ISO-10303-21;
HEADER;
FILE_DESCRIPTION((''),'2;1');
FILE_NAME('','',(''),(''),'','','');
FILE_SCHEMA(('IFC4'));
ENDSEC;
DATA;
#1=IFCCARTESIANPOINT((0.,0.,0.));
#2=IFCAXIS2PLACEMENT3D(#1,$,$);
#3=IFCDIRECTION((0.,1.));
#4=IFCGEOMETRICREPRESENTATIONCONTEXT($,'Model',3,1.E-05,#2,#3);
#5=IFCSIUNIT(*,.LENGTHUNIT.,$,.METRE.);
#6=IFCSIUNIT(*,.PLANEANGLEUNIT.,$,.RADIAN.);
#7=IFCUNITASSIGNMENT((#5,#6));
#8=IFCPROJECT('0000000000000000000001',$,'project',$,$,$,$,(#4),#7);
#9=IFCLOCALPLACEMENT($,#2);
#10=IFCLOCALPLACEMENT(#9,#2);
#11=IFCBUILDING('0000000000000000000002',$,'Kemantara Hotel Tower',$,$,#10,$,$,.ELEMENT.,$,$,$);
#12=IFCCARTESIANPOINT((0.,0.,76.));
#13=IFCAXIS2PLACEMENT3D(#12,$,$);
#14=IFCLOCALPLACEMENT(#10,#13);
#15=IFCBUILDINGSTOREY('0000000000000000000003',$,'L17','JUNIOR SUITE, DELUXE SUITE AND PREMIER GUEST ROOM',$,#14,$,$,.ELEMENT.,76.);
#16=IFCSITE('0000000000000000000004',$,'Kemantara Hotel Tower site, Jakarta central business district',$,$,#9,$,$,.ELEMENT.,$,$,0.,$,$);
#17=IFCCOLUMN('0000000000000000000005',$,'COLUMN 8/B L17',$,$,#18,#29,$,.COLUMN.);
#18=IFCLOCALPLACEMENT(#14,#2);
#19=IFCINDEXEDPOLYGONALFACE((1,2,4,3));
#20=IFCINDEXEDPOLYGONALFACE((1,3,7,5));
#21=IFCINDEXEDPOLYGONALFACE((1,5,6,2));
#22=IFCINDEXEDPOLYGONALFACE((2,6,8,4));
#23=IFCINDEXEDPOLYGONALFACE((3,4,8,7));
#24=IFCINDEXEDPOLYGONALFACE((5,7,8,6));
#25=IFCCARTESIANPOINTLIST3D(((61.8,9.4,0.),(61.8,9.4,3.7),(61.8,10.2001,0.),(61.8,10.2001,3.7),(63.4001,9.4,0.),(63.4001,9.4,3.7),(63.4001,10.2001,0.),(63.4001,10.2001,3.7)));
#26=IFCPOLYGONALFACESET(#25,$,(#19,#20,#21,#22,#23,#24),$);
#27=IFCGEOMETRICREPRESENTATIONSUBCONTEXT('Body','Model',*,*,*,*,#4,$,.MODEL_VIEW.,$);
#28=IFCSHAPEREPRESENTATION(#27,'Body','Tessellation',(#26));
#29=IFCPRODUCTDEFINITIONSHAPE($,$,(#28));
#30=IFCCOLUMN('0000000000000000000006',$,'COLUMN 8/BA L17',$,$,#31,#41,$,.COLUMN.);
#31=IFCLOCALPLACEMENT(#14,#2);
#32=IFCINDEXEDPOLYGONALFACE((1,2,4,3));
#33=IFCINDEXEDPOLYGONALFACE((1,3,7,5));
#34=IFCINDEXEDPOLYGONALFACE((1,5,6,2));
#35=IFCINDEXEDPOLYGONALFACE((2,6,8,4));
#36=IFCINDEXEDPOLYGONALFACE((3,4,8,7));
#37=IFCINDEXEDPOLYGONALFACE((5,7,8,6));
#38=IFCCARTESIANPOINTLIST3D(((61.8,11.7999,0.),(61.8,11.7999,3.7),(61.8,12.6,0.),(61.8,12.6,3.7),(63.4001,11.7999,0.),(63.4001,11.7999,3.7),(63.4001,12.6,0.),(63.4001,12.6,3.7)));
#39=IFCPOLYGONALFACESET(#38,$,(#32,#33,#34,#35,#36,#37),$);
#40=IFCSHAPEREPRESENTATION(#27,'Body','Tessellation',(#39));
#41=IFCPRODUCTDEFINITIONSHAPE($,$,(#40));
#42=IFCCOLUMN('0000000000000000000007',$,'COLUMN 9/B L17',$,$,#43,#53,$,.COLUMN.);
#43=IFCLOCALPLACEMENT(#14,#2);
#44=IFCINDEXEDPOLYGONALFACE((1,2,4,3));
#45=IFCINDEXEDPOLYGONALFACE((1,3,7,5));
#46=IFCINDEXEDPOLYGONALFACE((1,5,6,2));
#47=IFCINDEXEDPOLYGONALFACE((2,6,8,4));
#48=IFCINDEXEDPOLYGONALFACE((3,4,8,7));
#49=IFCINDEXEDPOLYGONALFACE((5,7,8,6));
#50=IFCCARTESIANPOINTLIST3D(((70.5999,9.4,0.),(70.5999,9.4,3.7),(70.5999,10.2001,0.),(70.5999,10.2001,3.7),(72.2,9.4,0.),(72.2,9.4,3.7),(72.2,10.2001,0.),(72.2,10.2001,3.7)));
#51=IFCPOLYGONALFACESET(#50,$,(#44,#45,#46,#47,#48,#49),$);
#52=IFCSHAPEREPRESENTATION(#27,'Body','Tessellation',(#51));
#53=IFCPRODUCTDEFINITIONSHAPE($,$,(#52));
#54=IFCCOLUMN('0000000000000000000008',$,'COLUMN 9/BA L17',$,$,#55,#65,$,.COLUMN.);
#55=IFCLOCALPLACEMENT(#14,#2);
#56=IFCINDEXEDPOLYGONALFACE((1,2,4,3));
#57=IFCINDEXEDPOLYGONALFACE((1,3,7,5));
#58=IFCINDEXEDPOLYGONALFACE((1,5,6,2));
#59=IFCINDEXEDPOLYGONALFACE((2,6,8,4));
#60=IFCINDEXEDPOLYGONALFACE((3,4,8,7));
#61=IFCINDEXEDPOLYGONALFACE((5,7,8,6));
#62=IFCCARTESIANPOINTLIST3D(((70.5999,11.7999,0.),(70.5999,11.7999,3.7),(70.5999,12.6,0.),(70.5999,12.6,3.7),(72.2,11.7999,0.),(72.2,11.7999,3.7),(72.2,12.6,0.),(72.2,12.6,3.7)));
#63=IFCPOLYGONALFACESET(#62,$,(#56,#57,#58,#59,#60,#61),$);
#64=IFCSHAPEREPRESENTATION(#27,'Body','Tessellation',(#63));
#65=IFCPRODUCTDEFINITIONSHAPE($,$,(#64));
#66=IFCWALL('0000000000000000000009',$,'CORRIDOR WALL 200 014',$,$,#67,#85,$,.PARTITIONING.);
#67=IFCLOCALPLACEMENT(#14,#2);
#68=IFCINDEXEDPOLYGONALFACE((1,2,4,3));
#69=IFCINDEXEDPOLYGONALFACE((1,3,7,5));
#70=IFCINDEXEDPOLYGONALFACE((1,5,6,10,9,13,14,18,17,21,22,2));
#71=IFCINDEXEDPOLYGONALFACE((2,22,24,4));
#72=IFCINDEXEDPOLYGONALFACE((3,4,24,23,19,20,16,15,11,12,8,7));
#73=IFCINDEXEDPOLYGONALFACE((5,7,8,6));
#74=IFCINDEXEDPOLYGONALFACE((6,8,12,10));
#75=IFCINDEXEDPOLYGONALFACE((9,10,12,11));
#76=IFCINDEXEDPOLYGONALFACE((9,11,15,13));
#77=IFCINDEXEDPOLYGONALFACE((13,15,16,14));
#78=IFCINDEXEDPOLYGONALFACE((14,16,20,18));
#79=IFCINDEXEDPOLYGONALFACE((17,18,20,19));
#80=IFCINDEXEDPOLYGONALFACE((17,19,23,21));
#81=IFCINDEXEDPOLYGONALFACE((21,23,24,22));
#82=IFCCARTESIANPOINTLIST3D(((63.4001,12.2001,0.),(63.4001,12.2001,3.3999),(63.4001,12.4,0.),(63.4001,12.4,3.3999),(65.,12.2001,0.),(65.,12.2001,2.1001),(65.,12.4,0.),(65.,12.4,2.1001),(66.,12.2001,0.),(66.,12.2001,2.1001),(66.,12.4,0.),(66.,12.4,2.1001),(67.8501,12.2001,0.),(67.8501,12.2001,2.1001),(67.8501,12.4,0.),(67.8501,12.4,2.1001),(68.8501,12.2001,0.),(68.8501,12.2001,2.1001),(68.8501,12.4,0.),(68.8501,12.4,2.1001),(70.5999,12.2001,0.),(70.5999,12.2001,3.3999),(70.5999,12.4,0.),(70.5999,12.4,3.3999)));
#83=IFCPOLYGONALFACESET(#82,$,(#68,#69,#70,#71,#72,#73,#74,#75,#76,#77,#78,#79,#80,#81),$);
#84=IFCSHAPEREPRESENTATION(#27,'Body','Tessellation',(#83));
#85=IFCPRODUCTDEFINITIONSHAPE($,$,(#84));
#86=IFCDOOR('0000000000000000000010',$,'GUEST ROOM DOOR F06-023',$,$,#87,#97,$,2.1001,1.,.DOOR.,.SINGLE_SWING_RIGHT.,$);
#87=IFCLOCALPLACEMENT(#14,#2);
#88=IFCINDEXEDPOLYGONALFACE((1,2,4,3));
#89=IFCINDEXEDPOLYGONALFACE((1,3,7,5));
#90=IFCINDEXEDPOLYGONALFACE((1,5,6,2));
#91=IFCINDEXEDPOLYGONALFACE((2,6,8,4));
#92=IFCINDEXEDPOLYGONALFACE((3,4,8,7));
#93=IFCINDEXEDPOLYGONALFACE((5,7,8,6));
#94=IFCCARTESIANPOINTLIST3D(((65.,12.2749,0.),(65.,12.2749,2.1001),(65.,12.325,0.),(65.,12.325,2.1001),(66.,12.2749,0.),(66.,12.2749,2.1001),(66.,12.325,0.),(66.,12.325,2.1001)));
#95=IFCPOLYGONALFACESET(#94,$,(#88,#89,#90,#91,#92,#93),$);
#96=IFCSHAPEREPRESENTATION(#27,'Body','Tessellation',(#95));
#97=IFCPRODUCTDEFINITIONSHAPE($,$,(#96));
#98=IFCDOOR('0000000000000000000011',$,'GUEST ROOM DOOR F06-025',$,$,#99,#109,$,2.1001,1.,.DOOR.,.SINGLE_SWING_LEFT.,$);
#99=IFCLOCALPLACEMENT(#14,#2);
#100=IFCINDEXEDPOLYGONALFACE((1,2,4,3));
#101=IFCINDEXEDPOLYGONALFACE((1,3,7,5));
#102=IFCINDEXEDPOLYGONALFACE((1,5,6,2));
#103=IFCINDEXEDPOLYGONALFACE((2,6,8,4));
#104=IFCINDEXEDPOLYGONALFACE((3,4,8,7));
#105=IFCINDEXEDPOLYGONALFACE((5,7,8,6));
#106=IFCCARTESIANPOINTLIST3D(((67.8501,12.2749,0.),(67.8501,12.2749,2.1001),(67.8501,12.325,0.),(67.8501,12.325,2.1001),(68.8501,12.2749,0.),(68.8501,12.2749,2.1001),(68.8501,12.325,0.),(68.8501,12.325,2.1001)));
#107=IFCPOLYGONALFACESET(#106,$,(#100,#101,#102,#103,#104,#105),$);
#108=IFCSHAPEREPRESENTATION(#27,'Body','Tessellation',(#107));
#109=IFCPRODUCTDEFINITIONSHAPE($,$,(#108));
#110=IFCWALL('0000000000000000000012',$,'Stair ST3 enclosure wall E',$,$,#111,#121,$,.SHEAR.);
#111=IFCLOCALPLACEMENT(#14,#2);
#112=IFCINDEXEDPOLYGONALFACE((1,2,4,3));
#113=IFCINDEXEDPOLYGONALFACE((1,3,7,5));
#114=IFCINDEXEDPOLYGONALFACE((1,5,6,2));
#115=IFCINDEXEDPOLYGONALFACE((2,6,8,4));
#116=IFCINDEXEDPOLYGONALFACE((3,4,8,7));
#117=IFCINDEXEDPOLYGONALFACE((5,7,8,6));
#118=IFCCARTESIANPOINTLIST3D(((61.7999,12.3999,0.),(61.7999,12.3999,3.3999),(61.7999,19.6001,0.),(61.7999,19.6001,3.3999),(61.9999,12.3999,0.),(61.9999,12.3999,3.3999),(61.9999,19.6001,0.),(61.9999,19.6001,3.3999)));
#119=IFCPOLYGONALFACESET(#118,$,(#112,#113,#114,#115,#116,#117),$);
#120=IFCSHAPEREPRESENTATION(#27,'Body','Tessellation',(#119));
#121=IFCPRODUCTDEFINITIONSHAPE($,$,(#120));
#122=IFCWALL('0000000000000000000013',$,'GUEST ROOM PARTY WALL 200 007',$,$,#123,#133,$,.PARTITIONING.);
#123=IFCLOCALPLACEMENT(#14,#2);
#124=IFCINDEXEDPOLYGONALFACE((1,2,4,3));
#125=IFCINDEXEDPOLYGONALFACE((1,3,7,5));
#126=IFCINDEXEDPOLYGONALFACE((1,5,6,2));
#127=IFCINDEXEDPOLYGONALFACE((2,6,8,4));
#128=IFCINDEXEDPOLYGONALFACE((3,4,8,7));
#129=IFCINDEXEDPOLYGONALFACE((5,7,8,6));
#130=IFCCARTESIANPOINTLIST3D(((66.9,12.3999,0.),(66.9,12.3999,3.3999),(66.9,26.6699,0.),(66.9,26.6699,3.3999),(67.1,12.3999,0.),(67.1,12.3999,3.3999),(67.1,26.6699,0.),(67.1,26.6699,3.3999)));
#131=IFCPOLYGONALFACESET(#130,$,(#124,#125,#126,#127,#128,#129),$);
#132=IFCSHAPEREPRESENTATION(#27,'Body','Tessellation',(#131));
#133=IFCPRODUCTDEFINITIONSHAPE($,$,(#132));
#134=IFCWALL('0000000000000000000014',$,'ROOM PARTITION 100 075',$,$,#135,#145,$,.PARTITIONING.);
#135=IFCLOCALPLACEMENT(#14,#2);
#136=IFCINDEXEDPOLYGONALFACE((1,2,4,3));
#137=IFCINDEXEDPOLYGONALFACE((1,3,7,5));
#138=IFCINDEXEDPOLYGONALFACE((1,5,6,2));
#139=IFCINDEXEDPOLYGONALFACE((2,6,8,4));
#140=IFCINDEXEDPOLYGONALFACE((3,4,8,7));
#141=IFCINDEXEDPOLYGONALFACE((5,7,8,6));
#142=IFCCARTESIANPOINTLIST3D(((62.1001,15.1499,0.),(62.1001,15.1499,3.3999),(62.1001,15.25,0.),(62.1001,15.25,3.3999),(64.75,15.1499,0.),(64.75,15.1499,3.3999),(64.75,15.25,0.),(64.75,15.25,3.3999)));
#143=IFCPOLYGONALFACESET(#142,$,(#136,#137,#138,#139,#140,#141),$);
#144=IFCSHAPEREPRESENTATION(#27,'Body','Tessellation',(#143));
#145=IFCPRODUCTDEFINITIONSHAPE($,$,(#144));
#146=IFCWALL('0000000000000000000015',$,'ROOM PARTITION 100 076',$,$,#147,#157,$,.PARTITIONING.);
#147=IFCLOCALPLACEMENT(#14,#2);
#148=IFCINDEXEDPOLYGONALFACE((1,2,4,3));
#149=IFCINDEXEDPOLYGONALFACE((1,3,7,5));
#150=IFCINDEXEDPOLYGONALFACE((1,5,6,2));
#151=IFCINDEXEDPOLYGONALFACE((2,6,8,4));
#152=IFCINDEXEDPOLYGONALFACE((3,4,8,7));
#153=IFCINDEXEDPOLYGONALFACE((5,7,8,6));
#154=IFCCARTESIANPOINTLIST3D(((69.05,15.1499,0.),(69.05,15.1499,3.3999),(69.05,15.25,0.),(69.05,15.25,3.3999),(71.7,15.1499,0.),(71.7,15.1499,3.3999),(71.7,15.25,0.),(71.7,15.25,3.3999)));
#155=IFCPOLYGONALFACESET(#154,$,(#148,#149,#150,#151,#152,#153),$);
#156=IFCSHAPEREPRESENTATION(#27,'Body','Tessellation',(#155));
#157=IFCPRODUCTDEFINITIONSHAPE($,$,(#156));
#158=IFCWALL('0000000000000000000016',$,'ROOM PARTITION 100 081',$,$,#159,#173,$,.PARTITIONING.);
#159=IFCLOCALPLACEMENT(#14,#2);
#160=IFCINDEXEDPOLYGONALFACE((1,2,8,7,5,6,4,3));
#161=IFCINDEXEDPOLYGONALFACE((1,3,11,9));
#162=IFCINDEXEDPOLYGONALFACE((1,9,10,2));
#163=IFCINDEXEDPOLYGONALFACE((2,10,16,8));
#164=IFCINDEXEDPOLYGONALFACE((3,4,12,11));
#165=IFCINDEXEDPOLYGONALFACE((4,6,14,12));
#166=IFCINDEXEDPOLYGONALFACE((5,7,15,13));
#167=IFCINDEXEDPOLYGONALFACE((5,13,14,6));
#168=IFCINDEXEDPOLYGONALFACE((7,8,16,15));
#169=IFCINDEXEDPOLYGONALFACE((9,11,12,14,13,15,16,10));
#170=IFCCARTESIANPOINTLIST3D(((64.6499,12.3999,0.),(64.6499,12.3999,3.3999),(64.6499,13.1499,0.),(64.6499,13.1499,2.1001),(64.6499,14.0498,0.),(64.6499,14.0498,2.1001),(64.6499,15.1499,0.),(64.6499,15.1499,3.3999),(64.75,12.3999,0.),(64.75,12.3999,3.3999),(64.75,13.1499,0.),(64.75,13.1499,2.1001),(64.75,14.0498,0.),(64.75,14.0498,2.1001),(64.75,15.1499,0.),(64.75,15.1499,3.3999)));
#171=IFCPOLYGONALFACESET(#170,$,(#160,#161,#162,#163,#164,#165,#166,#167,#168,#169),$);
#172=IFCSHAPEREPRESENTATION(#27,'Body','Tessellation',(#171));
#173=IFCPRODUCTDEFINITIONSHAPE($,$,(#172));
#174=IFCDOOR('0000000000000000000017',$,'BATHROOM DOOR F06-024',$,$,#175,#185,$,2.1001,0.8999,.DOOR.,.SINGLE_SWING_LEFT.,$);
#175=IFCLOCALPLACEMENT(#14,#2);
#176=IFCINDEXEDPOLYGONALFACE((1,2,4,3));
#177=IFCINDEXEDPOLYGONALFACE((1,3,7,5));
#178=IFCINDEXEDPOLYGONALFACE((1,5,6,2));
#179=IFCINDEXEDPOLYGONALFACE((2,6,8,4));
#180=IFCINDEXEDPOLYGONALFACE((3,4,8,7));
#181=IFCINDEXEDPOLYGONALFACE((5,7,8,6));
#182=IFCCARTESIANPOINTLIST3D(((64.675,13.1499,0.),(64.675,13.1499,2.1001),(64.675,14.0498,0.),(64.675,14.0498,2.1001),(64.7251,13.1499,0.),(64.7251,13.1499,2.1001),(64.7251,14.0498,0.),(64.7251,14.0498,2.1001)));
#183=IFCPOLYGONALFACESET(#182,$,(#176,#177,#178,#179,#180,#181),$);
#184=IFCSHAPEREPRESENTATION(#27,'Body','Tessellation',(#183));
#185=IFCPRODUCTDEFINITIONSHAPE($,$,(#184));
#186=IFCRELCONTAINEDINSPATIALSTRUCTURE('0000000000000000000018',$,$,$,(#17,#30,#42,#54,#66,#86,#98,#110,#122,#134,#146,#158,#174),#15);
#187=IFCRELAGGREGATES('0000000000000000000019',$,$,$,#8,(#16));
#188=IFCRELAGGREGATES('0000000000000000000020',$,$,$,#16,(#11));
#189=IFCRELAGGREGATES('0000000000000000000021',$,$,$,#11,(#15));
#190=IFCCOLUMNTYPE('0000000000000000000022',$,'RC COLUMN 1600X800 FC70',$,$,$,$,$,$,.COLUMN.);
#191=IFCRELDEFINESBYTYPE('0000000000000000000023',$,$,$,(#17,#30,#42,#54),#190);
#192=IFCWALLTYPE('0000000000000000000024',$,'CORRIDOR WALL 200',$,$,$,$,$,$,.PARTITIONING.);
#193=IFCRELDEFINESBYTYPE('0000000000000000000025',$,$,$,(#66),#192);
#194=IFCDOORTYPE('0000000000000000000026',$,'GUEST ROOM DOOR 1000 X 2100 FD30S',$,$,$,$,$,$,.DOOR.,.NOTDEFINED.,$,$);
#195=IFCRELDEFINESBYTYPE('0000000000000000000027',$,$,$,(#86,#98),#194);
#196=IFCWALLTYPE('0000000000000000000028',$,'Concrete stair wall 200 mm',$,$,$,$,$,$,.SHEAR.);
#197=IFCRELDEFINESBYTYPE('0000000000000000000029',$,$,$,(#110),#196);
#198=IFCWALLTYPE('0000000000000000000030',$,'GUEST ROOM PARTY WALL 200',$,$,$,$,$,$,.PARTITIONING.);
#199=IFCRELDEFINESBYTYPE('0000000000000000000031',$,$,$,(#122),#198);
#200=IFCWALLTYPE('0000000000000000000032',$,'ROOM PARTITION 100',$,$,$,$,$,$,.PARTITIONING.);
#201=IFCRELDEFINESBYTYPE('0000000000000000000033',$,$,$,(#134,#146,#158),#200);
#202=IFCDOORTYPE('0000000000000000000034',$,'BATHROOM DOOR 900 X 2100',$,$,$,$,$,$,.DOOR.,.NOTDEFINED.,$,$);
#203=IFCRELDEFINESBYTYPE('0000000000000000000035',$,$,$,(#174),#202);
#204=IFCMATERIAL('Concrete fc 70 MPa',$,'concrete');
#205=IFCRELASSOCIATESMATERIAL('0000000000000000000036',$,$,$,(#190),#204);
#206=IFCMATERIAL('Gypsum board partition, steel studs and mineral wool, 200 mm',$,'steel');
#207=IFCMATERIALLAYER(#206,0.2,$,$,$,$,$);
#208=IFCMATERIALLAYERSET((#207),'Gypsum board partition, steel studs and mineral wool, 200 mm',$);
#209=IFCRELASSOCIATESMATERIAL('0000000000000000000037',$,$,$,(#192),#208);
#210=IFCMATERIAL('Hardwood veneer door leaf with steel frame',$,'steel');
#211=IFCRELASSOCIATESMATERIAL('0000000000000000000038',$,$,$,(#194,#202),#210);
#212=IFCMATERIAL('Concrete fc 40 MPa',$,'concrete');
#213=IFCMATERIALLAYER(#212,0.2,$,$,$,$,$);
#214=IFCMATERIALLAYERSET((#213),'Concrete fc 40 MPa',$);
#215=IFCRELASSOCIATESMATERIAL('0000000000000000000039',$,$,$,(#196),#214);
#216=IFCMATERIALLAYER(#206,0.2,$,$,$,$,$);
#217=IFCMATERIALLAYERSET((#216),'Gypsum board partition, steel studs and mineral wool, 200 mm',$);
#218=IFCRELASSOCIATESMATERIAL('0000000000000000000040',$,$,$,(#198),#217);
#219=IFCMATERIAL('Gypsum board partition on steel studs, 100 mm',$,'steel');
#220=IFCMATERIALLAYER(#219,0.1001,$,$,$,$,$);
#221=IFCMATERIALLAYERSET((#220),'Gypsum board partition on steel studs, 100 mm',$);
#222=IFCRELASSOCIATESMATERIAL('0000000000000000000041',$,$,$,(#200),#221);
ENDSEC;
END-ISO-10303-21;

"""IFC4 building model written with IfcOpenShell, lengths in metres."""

from ifc_helpers import new_model, si_unit, direction, frame, frame_2d, origin, origin_2d, place, context, subcontext, project, spatial, rectangle, extrude, material, layer, layer_set, material_profile, profile_set, type_object, element, fill, save


model = new_model("IFC4")

# Units and contexts
model_context = context("Model", 3, precision=1e-05, world=origin(), true_north=direction((0.0, 1.0)))
body_context = subcontext(model_context, "Body", "Model", "MODEL_VIEW")
ifc_project = project(units=[si_unit("LENGTHUNIT", "METRE"), si_unit("PLANEANGLEUNIT", "RADIAN")], contexts=[model_context])

# Site, building, storey
site_placement = place(None, origin())
site = spatial("IfcSite", under=ifc_project, at=site_placement, Name="Kemantara Hotel Tower site, Jakarta central business district", CompositionType="ELEMENT", RefElevation=0.0)
building_placement = place(site_placement, origin())
building = spatial("IfcBuilding", under=site, at=building_placement, Name="Kemantara Hotel Tower", CompositionType="ELEMENT")
storey_placement = place(building_placement, frame((0.0, 0.0, 76.0)))
storey = spatial("IfcBuildingStorey", under=building, at=storey_placement, Name="L17", Description="JUNIOR SUITE, DELUXE SUITE AND PREMIER GUEST ROOM", CompositionType="ELEMENT", Elevation=76.0)

# Columns
ifc_material_1 = material(Name="Concrete fc 70 MPa", Category="concrete")
ifc_material_profile = material_profile(ifc_material_1, rectangle(XDim=1.6001, YDim=0.8, at=origin_2d()), Name="RC 1600X800")
ifc_profile_set = profile_set([ifc_material_profile], Name="Concrete fc 70 MPa")
column_type = type_object("IfcColumnType", Name="RC COLUMN 1600X800 FC70", PredefinedType="COLUMN", material=ifc_profile_set)
for number, where, z_axis, x_axis, name in (
    (1, (62.6001, 9.8, 0.0), (0.0, 0.0, 1.0), (1.0, 0.0, 0.0), "COLUMN 8/B L17"),
    (2, (62.6001, 12.2, 0.0), (0.0, 0.0, 1.0), (1.0, 0.0, 0.0), "COLUMN 8/BA L17"),
    (3, (71.3999, 9.8, 0.0), (0.0, 0.0, 1.0), (1.0, 0.0, 0.0), "COLUMN 9/B L17"),
    (4, (71.3999, 12.2, 0.0), (0.0, 0.0, 1.0), (1.0, 0.0, 0.0), "COLUMN 9/BA L17"),
):
    element("IfcColumn", number, at=place(storey_placement, frame(where, z_axis=z_axis, x_axis=x_axis)), inside=storey, type_object=column_type, Name=name, PredefinedType="COLUMN", context=body_context, shape_type="SweptSolid", body=[
        extrude(rectangle(XDim=1.6001, YDim=0.8, at=origin_2d()), origin(), (0.0, 0.0, 1.0), 3.7),
    ])

# Wall, openings, doors
ifc_material_2 = material(Name="Gypsum board partition, steel studs and mineral wool, 200 mm", Category="steel")
ifc_layer_1 = layer(ifc_material_2, 0.2)
ifc_layer_set_1 = layer_set([ifc_layer_1], Name="Gypsum board partition, steel studs and mineral wool, 200 mm")
wall_type_1 = type_object("IfcWallType", Name="CORRIDOR WALL 200", PredefinedType="PARTITIONING", material=ifc_layer_set_1)
wall_1_placement = place(storey_placement, frame((63.4001, 12.3, 0.0), z_axis=(0.0, 0.0, 1.0), x_axis=(1.0, 0.0, 0.0)))
wall_1 = element("IfcWall", 5, at=wall_1_placement, inside=storey, type_object=wall_type_1, Name="CORRIDOR WALL 200 014", PredefinedType="PARTITIONING", context=body_context, shape_type="SweptSolid", body=[
    extrude(rectangle(XDim=7.1997, YDim=0.2, at=frame_2d((3.5999, 0.0))), origin(), (0.0, 0.0, 1.0), 3.3999),
])
opening_1_placement = place(wall_1_placement, frame((1.5999, 0.0, 0.0)))
opening_1 = element("IfcOpeningElement", 6, at=opening_1_placement, cuts=wall_1, PredefinedType="OPENING", context=body_context, shape_type="SweptSolid", body=[
    extrude(rectangle(XDim=1.0, YDim=2.1001, at=frame_2d((0.5, 1.05))), frame((0.0, 0.1099, 0.0), z_axis=(0.0, -1.0, 0.0), x_axis=(1.0, 0.0, 0.0)), (0.0, 0.0, 1.0), 0.22),
])
opening_2_placement = place(wall_1_placement, frame((4.45, 0.0, 0.0)))
opening_2 = element("IfcOpeningElement", 7, at=opening_2_placement, cuts=wall_1, PredefinedType="OPENING", context=body_context, shape_type="SweptSolid", body=[
    extrude(rectangle(XDim=1.0, YDim=2.1001, at=frame_2d((0.5, 1.05))), frame((0.0, 0.1099, 0.0), z_axis=(0.0, -1.0, 0.0), x_axis=(1.0, 0.0, 0.0)), (0.0, 0.0, 1.0), 0.22),
])
ifc_material_3 = material(Name="Hardwood veneer door leaf with steel frame", Category="steel")
door_type_1 = type_object("IfcDoorType", Name="GUEST ROOM DOOR 1000 X 2100 FD30S", OperationType="NOTDEFINED", PredefinedType="DOOR", material=ifc_material_3)
door_1_placement = place(opening_1_placement, origin())
door_1 = element("IfcDoor", 8, at=door_1_placement, inside=storey, type_object=door_type_1, Name="GUEST ROOM DOOR F06-023", OperationType="SINGLE_SWING_RIGHT", OverallHeight=2.1001, OverallWidth=1.0, PredefinedType="DOOR", context=body_context, shape_type="SweptSolid", body=[
    extrude(rectangle(XDim=1.0, YDim=2.1001, at=frame_2d((0.5, 1.05))), frame((0.0, 0.0249, 0.0), z_axis=(0.0, -1.0, 0.0), x_axis=(1.0, 0.0, 0.0)), (0.0, 0.0, 1.0), 0.05),
])
fill(opening_1, door_1)
door_2_placement = place(opening_2_placement, origin())
door_2 = element("IfcDoor", 9, at=door_2_placement, inside=storey, type_object=door_type_1, Name="GUEST ROOM DOOR F06-025", OperationType="SINGLE_SWING_LEFT", OverallHeight=2.1001, OverallWidth=1.0, PredefinedType="DOOR", context=body_context, shape_type="SweptSolid", body=[
    extrude(rectangle(XDim=1.0, YDim=2.1001, at=frame_2d((0.5, 1.05))), frame((0.0, 0.0249, 0.0), z_axis=(0.0, -1.0, 0.0), x_axis=(1.0, 0.0, 0.0)), (0.0, 0.0, 1.0), 0.05),
])
fill(opening_2, door_2)

# Walls
ifc_material_4 = material(Name="Concrete fc 40 MPa", Category="concrete")
ifc_layer_2 = layer(ifc_material_4, 0.2)
ifc_layer_set_2 = layer_set([ifc_layer_2], Name="Concrete fc 40 MPa")
wall_type_2 = type_object("IfcWallType", Name="Concrete stair wall 200 mm", PredefinedType="SHEAR", material=ifc_layer_set_2)
wall_2_placement = place(storey_placement, frame((61.8999, 12.3999, 0.0), z_axis=(0.0, 0.0, 1.0), x_axis=(0.0, 1.0, 0.0)))
element("IfcWall", 10, at=wall_2_placement, inside=storey, type_object=wall_type_2, Name="Stair ST3 enclosure wall E", PredefinedType="SHEAR", context=body_context, shape_type="SweptSolid", body=[
    extrude(rectangle(XDim=7.2002, YDim=0.2, at=frame_2d((3.6001, 0.0))), origin(), (0.0, 0.0, 1.0), 3.3999),
])
ifc_layer_3 = layer(ifc_material_2, 0.2)
ifc_layer_set_3 = layer_set([ifc_layer_3], Name="Gypsum board partition, steel studs and mineral wool, 200 mm")
wall_type_3 = type_object("IfcWallType", Name="GUEST ROOM PARTY WALL 200", PredefinedType="PARTITIONING", material=ifc_layer_set_3)
wall_3_placement = place(storey_placement, frame((67.0, 12.3999, 0.0), z_axis=(0.0, 0.0, 1.0), x_axis=(0.0, 1.0, 0.0)))
element("IfcWall", 11, at=wall_3_placement, inside=storey, type_object=wall_type_3, Name="GUEST ROOM PARTY WALL 200 007", PredefinedType="PARTITIONING", context=body_context, shape_type="SweptSolid", body=[
    extrude(rectangle(XDim=14.27, YDim=0.2, at=frame_2d((7.135, 0.0))), origin(), (0.0, 0.0, 1.0), 3.3999),
])
ifc_material_5 = material(Name="Gypsum board partition on steel studs, 100 mm", Category="steel")
ifc_layer_4 = layer(ifc_material_5, 0.1001)
ifc_layer_set_4 = layer_set([ifc_layer_4], Name="Gypsum board partition on steel studs, 100 mm")
wall_type_4 = type_object("IfcWallType", Name="ROOM PARTITION 100", PredefinedType="PARTITIONING", material=ifc_layer_set_4)
for number, where, z_axis, x_axis, name in (
    (12, (62.1001, 15.2, 0.0), (0.0, 0.0, 1.0), (1.0, 0.0, 0.0), "ROOM PARTITION 100 075"),
    (13, (69.05, 15.2, 0.0), (0.0, 0.0, 1.0), (1.0, 0.0, 0.0), "ROOM PARTITION 100 076"),
):
    element("IfcWall", number, at=place(storey_placement, frame(where, z_axis=z_axis, x_axis=x_axis)), inside=storey, type_object=wall_type_4, Name=name, PredefinedType="PARTITIONING", context=body_context, shape_type="SweptSolid", body=[
        extrude(rectangle(XDim=2.6499, YDim=0.1001, at=frame_2d((1.325, 0.0))), origin(), (0.0, 0.0, 1.0), 3.3999),
    ])

# Wall, opening, door
wall_4_placement = place(storey_placement, frame((64.7, 12.3999, 0.0), z_axis=(0.0, 0.0, 1.0), x_axis=(0.0, 1.0, 0.0)))
wall_4 = element("IfcWall", 14, at=wall_4_placement, inside=storey, type_object=wall_type_4, Name="ROOM PARTITION 100 081", PredefinedType="PARTITIONING", context=body_context, shape_type="SweptSolid", body=[
    extrude(rectangle(XDim=2.75, YDim=0.1001, at=frame_2d((1.375, 0.0))), origin(), (0.0, 0.0, 1.0), 3.3999),
])
opening_3_placement = place(wall_4_placement, frame((0.75, 0.0, 0.0)))
opening_3 = element("IfcOpeningElement", 15, at=opening_3_placement, cuts=wall_4, PredefinedType="OPENING", context=body_context, shape_type="SweptSolid", body=[
    extrude(rectangle(XDim=0.8999, YDim=2.1001, at=frame_2d((0.45, 1.05))), frame((0.0, 0.0601, 0.0), z_axis=(0.0, -1.0, 0.0), x_axis=(1.0, 0.0, 0.0)), (0.0, 0.0, 1.0), 0.1201),
])
door_type_2 = type_object("IfcDoorType", Name="BATHROOM DOOR 900 X 2100", OperationType="NOTDEFINED", PredefinedType="DOOR", material=ifc_material_3)
door_3_placement = place(opening_3_placement, origin())
door_3 = element("IfcDoor", 16, at=door_3_placement, inside=storey, type_object=door_type_2, Name="BATHROOM DOOR F06-024", OperationType="SINGLE_SWING_LEFT", OverallHeight=2.1001, OverallWidth=0.8999, PredefinedType="DOOR", context=body_context, shape_type="SweptSolid", body=[
    extrude(rectangle(XDim=0.8999, YDim=2.1001, at=frame_2d((0.45, 1.05))), frame((0.0, 0.0249, 0.0), z_axis=(0.0, -1.0, 0.0), x_axis=(1.0, 0.0, 0.0)), (0.0, 0.0, 1.0), 0.05),
])
fill(opening_3, door_3)

save(model, "model.ifc")
